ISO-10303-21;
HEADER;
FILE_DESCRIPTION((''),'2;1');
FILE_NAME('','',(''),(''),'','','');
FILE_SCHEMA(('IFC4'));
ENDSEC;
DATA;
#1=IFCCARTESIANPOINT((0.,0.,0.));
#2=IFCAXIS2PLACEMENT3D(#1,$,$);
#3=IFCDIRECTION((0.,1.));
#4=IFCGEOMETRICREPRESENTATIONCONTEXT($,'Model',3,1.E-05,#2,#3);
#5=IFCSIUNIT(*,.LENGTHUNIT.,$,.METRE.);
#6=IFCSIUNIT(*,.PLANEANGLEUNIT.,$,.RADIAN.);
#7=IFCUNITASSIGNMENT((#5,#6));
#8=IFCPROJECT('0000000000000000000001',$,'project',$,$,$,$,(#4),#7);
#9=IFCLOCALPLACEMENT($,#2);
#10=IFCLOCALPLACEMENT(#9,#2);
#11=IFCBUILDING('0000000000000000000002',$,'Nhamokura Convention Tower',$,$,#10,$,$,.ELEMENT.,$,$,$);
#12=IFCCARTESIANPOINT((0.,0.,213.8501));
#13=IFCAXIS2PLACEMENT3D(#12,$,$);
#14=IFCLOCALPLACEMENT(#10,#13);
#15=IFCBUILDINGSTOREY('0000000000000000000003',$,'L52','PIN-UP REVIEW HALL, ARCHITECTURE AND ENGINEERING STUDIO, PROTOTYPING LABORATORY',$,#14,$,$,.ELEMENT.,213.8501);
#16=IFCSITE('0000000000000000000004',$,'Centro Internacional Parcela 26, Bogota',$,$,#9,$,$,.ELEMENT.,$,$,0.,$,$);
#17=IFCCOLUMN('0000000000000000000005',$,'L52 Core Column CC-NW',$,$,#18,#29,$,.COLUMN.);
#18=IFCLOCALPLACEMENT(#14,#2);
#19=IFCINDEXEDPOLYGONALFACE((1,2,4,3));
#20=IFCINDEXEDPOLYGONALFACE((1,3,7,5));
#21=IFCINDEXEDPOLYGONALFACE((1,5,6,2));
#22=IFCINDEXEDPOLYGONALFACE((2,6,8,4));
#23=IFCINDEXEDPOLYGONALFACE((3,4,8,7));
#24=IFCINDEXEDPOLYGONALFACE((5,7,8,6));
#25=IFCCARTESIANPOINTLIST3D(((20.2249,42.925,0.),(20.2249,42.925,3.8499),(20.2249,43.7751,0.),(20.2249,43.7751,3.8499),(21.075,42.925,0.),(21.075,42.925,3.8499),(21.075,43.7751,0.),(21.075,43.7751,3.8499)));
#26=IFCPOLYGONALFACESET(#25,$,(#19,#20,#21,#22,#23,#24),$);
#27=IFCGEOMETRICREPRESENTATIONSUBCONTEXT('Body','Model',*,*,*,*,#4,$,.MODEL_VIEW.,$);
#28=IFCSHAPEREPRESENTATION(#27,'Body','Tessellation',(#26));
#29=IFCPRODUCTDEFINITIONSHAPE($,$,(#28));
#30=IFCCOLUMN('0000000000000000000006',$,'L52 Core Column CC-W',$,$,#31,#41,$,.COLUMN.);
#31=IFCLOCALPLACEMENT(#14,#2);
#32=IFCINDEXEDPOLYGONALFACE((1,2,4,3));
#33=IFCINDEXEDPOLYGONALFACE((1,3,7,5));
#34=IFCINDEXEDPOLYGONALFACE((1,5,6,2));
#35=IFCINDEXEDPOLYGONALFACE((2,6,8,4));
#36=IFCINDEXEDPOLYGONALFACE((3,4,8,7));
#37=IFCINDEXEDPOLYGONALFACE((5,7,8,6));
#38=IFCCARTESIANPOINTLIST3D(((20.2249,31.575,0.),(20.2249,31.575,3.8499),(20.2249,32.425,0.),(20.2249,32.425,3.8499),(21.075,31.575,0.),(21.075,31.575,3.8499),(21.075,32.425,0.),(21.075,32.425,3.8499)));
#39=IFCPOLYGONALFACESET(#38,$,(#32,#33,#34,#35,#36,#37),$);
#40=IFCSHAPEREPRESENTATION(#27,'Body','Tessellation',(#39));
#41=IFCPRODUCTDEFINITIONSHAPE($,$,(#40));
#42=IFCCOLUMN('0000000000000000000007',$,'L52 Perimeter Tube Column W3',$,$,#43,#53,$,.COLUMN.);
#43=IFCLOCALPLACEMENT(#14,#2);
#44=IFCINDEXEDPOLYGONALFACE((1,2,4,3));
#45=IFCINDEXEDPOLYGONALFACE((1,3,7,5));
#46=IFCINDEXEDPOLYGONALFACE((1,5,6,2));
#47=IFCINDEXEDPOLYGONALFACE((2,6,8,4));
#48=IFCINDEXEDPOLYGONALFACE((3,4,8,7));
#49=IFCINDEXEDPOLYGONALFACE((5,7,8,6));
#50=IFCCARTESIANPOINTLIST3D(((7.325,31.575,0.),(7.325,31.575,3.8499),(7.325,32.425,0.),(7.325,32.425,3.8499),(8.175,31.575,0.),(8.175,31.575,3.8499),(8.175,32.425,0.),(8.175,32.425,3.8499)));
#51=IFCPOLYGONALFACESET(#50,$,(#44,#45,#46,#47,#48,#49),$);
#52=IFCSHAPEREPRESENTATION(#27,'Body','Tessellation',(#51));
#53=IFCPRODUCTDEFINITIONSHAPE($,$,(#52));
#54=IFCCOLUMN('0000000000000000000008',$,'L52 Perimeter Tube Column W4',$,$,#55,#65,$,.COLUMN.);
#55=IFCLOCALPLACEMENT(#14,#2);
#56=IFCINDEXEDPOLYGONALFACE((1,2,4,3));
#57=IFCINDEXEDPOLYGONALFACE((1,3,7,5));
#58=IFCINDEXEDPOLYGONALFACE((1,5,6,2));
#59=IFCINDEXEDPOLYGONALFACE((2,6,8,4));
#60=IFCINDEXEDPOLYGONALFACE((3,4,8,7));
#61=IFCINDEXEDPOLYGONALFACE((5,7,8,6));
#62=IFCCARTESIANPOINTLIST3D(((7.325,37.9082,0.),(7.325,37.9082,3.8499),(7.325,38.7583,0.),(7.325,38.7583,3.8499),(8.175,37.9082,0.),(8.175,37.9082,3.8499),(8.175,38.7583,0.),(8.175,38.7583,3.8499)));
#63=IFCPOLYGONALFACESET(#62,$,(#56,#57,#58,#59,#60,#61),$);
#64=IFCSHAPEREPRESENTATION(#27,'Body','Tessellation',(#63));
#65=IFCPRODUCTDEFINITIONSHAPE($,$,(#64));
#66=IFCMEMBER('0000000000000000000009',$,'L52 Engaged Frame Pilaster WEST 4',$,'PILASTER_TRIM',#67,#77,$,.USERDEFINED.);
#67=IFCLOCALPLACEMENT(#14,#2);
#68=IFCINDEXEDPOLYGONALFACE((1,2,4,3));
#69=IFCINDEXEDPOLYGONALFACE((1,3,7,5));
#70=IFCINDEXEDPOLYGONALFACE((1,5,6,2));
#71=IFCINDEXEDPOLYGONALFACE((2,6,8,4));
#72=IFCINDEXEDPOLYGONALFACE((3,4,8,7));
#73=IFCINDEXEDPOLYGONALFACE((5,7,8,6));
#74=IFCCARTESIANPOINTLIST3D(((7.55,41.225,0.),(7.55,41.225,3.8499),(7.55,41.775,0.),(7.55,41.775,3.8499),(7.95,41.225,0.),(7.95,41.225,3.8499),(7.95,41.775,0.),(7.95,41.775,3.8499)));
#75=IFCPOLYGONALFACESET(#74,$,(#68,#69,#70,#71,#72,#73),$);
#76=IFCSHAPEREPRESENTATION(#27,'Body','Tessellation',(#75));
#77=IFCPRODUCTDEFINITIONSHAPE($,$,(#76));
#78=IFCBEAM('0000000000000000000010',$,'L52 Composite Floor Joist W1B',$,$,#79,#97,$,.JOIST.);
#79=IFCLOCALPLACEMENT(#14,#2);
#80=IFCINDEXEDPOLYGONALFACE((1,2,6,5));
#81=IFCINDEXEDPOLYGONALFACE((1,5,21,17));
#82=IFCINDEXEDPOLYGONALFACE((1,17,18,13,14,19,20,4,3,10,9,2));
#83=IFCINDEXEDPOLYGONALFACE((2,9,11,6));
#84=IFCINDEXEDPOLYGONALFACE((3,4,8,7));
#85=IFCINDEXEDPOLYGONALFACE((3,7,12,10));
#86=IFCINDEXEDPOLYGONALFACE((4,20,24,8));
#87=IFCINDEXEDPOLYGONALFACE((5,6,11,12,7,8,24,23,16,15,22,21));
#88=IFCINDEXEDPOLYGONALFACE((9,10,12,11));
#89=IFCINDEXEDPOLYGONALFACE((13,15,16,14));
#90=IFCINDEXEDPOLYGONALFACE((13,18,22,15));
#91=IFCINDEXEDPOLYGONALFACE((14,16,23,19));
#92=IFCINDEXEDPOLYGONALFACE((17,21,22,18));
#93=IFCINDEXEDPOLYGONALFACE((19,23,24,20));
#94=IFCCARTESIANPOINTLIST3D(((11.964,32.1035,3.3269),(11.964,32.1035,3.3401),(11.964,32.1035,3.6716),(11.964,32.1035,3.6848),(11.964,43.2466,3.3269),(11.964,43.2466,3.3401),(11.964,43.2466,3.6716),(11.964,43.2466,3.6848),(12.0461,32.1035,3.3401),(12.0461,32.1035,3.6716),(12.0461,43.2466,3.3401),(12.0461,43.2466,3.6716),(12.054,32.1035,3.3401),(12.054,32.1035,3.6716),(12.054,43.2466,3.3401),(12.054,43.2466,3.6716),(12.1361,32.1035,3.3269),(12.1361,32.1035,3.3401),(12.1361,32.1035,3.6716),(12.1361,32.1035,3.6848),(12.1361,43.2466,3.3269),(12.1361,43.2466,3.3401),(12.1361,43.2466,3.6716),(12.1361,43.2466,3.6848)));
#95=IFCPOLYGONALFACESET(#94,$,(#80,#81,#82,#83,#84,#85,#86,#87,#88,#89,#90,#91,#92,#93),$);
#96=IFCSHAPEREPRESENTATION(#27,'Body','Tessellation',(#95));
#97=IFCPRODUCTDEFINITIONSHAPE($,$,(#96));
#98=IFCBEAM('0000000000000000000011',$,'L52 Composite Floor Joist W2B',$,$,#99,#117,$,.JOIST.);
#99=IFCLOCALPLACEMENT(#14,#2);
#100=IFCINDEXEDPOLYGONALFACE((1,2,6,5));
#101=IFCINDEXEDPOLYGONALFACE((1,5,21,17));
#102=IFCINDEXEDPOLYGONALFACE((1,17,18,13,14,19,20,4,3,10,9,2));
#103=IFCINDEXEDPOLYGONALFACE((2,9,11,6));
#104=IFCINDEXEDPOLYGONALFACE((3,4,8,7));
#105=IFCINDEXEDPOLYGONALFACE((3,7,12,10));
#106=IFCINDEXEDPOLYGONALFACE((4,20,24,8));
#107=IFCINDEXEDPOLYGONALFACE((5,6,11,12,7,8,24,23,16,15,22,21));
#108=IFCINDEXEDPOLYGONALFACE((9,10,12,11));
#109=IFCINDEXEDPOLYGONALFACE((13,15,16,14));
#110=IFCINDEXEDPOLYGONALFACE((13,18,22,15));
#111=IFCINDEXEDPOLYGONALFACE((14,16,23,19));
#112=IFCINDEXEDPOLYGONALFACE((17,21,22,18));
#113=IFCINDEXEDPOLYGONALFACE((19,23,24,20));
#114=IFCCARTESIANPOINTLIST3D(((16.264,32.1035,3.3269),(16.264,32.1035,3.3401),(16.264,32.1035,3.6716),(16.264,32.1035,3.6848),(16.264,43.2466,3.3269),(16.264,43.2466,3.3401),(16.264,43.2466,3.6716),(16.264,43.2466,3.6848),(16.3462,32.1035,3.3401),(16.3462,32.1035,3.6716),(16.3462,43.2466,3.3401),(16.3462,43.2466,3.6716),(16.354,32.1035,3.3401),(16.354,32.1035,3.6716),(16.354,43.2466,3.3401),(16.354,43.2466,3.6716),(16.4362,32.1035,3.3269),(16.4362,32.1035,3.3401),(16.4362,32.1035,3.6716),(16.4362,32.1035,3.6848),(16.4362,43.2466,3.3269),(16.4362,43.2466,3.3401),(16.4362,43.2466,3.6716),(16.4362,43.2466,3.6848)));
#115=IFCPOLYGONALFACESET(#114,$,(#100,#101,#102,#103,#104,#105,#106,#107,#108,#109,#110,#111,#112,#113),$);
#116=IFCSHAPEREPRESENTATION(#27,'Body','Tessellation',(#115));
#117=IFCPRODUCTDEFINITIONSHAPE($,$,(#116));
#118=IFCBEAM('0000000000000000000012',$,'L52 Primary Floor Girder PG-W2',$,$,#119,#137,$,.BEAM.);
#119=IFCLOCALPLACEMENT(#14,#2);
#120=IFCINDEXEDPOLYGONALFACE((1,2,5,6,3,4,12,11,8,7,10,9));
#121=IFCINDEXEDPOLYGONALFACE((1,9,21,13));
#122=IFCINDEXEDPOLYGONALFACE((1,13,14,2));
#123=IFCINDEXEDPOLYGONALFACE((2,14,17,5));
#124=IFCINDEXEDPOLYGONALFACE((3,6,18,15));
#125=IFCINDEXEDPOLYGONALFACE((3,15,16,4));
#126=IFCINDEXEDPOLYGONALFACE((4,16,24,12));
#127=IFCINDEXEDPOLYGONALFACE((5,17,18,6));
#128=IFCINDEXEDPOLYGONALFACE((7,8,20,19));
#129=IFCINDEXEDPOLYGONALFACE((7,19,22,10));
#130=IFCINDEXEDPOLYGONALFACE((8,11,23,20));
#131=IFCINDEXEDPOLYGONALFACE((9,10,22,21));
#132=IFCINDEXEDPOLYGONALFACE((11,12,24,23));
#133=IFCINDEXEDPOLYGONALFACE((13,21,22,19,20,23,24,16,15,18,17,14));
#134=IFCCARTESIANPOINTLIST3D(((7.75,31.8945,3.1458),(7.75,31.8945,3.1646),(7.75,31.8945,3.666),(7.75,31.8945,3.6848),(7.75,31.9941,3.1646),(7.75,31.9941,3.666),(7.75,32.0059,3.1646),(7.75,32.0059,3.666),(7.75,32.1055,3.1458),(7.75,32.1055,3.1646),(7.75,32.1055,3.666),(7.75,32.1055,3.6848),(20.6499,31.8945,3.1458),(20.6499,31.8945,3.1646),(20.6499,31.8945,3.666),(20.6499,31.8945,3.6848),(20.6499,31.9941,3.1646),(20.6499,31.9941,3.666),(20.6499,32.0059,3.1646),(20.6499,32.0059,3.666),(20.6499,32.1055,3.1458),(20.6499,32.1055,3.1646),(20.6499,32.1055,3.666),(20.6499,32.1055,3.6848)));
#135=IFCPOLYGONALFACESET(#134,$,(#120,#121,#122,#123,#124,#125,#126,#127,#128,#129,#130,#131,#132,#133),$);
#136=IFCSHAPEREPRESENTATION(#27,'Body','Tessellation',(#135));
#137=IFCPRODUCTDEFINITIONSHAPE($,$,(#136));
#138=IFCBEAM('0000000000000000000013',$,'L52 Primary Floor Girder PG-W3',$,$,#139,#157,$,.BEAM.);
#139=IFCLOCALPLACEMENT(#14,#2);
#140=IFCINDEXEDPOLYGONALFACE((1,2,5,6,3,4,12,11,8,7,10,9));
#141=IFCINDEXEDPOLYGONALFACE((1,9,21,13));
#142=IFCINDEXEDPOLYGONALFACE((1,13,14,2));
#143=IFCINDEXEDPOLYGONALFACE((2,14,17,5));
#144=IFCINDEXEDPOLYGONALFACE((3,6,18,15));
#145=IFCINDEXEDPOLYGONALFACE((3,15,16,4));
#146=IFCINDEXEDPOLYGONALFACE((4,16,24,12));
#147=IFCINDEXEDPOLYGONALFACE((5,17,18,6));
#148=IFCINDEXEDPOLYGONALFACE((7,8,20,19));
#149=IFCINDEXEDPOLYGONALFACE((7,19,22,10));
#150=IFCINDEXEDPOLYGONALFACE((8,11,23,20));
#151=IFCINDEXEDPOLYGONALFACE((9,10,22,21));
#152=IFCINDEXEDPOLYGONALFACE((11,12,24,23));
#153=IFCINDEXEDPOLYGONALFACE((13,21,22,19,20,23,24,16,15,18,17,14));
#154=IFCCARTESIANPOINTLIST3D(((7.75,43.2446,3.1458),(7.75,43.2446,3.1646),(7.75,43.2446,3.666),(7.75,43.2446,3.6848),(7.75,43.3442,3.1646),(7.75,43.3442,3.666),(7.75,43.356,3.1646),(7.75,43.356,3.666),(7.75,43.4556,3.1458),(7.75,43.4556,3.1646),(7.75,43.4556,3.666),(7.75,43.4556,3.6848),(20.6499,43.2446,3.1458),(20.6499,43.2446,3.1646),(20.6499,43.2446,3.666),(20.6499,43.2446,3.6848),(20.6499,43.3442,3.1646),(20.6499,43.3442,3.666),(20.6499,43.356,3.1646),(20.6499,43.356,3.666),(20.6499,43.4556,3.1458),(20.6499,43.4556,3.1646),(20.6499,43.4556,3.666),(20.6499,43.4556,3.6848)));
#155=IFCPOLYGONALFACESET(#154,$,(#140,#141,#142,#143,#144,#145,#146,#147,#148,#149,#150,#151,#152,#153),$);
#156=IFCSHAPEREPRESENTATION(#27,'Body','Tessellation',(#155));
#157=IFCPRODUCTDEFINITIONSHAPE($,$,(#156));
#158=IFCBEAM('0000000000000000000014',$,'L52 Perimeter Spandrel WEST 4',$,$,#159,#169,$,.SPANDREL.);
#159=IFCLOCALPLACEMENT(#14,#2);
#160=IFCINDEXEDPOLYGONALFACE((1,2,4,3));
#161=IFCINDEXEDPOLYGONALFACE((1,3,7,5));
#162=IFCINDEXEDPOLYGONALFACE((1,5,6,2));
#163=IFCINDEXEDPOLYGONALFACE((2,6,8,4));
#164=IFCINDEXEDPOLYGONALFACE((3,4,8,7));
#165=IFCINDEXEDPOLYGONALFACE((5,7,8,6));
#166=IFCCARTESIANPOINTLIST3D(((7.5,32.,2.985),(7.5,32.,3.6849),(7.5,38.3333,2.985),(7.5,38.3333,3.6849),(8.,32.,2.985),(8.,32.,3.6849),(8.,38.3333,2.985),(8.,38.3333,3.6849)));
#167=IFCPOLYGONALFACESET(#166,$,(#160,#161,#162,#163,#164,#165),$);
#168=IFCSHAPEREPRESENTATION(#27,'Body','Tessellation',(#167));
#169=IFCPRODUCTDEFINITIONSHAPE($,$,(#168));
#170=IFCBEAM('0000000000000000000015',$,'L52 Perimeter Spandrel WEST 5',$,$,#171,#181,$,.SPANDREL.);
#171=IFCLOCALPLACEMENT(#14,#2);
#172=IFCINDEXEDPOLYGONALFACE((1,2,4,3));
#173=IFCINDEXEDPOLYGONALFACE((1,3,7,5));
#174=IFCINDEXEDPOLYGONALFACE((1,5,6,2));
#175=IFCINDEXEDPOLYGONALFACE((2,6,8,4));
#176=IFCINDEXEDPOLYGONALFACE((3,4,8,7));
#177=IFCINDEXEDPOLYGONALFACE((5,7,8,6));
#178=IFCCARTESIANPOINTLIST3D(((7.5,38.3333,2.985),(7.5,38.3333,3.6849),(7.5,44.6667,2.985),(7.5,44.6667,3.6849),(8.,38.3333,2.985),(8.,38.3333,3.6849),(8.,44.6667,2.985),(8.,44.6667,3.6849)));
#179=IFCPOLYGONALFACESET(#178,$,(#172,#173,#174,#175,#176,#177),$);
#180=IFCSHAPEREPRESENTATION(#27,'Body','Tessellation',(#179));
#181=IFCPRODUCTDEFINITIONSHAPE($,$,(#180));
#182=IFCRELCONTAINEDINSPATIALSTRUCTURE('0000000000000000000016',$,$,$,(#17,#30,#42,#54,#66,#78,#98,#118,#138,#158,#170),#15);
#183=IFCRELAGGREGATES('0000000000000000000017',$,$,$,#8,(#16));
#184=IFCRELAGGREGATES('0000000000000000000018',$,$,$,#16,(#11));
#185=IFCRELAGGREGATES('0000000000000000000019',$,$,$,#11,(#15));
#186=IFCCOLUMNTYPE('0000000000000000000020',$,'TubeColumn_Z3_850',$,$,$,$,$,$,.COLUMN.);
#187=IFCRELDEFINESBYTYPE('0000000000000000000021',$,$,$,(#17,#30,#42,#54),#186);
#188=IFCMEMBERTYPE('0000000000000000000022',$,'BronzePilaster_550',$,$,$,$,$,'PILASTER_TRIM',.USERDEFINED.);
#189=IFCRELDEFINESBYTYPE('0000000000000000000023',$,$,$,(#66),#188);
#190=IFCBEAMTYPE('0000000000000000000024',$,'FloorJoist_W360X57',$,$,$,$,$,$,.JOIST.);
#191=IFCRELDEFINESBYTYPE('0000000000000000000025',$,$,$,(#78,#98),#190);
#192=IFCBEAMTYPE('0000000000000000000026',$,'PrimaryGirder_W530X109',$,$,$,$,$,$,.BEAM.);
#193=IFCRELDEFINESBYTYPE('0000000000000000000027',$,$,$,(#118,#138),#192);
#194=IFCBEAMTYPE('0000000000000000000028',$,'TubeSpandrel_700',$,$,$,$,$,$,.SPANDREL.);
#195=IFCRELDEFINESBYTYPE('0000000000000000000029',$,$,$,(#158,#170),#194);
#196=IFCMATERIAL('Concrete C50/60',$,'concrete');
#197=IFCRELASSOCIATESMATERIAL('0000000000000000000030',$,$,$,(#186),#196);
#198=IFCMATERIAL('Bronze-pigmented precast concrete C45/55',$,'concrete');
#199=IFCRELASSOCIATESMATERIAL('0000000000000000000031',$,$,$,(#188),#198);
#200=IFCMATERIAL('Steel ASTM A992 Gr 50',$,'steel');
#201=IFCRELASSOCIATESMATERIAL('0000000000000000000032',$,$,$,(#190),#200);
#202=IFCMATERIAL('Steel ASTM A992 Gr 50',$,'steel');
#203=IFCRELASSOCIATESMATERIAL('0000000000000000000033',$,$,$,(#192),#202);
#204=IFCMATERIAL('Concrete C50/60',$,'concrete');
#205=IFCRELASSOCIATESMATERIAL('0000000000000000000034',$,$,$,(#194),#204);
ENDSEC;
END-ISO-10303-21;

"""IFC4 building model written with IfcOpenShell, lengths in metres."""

from ifc_helpers import new_model, si_unit, direction, frame, origin, origin_2d, place, context, subcontext, project, spatial, rectangle, i_section, extrude, material, material_profile, profile_set, type_object, element, save


model = new_model("IFC4")

# Units and contexts
model_context = context("Model", 3, precision=1e-05, world=origin(), true_north=direction((0.0, 1.0)))
body_context = subcontext(model_context, "Body", "Model", "MODEL_VIEW")
ifc_project = project(units=[si_unit("LENGTHUNIT", "METRE"), si_unit("PLANEANGLEUNIT", "RADIAN")], contexts=[model_context])

# Site, building, storey
site_placement = place(None, origin())
site = spatial("IfcSite", under=ifc_project, at=site_placement, Name="Centro Internacional Parcela 26, Bogota", CompositionType="ELEMENT", RefElevation=0.0)
building_placement = place(site_placement, origin())
building = spatial("IfcBuilding", under=site, at=building_placement, Name="Nhamokura Convention Tower", CompositionType="ELEMENT")
storey_placement = place(building_placement, frame((0.0, 0.0, 213.8501)))
storey = spatial("IfcBuildingStorey", under=building, at=storey_placement, Name="L52", Description="PIN-UP REVIEW HALL, ARCHITECTURE AND ENGINEERING STUDIO, PROTOTYPING LABORATORY", CompositionType="ELEMENT", Elevation=213.8501)

# Columns
ifc_material_1 = material(Name="Concrete C50/60", Category="concrete")
ifc_material_profile_1 = material_profile(ifc_material_1, rectangle(XDim=0.8501, YDim=0.8501, at=origin_2d()))
ifc_profile_set_1 = profile_set([ifc_material_profile_1], Name="Concrete C50/60")
column_type = type_object("IfcColumnType", Name="TubeColumn_Z3_850", PredefinedType="COLUMN", material=ifc_profile_set_1)
for number, where, z_axis, x_axis, name in (
    (1, (20.6499, 43.3501, 0.0), (0.0, 0.0, 1.0), (1.0, 0.0, 0.0), "L52 Core Column CC-NW"),
    (2, (20.6499, 32.0, 0.0), (0.0, 0.0, 1.0), (1.0, 0.0, 0.0), "L52 Core Column CC-W"),
    (3, (7.75, 32.0, 0.0), (0.0, 0.0, 1.0), (1.0, 0.0, 0.0), "L52 Perimeter Tube Column W3"),
    (4, (7.75, 38.3333, 0.0), (0.0, 0.0, 1.0), (1.0, 0.0, 0.0), "L52 Perimeter Tube Column W4"),
):
    element("IfcColumn", number, at=place(storey_placement, frame(where, z_axis=z_axis, x_axis=x_axis)), inside=storey, type_object=column_type, Name=name, PredefinedType="COLUMN", context=body_context, shape_type="SweptSolid", body=[
        extrude(rectangle(XDim=0.8501, YDim=0.8501, at=origin_2d()), origin(), (0.0, 0.0, 1.0), 3.8499),
    ])

# Member
ifc_material_2 = material(Name="Bronze-pigmented precast concrete C45/55", Category="concrete")
ifc_material_profile_2 = material_profile(ifc_material_2, rectangle(XDim=0.3999, YDim=0.55, at=origin_2d()))
ifc_profile_set_2 = profile_set([ifc_material_profile_2], Name="Bronze-pigmented precast concrete C45/55")
member_type = type_object("IfcMemberType", Name="BronzePilaster_550", ElementType="PILASTER_TRIM", PredefinedType="USERDEFINED", material=ifc_profile_set_2)
member_placement = place(storey_placement, frame((7.75, 41.5, 0.0), z_axis=(0.0, 0.0, 1.0), x_axis=(1.0, 0.0, 0.0)))
element("IfcMember", 5, at=member_placement, inside=storey, type_object=member_type, Name="L52 Engaged Frame Pilaster WEST 4", ObjectType="PILASTER_TRIM", PredefinedType="USERDEFINED", context=body_context, shape_type="SweptSolid", body=[
    extrude(rectangle(XDim=0.3999, YDim=0.55, at=origin_2d()), origin(), (0.0, 0.0, 1.0), 3.8499),
])

# Beams
ifc_material_3 = material(Name="Steel ASTM A992 Gr 50", Category="steel")
ifc_material_profile_3 = material_profile(ifc_material_3, i_section(OverallWidth=0.1721, OverallDepth=0.3579, WebThickness=0.0078, FlangeThickness=0.0132, at=origin_2d()))
ifc_profile_set_3 = profile_set([ifc_material_profile_3], Name="Steel ASTM A992 Gr 50")
beam_type_1 = type_object("IfcBeamType", Name="FloorJoist_W360X57", PredefinedType="JOIST", material=ifc_profile_set_3)
for number, where, z_axis, x_axis, name in (
    (6, (12.05, 32.1035, 3.5059), (0.0, 1.0, 0.0), (-1.0, 0.0, 0.0), "L52 Composite Floor Joist W1B"),
    (7, (16.3501, 32.1035, 3.5059), (0.0, 1.0, 0.0), (-1.0, 0.0, 0.0), "L52 Composite Floor Joist W2B"),
):
    element("IfcBeam", number, at=place(storey_placement, frame(where, z_axis=z_axis, x_axis=x_axis)), inside=storey, type_object=beam_type_1, Name=name, PredefinedType="JOIST", context=body_context, shape_type="SweptSolid", body=[
        extrude(i_section(OverallWidth=0.1721, OverallDepth=0.3579, WebThickness=0.0078, FlangeThickness=0.0132, at=origin_2d()), origin(), (0.0, 0.0, 1.0), 11.1431),
    ])
ifc_material_4 = material(Name="Steel ASTM A992 Gr 50", Category="steel")
ifc_material_profile_4 = material_profile(ifc_material_4, i_section(OverallWidth=0.2109, OverallDepth=0.5391, WebThickness=0.0117, FlangeThickness=0.0188, at=origin_2d()))
ifc_profile_set_4 = profile_set([ifc_material_profile_4], Name="Steel ASTM A992 Gr 50")
beam_type_2 = type_object("IfcBeamType", Name="PrimaryGirder_W530X109", PredefinedType="BEAM", material=ifc_profile_set_4)
for number, where, z_axis, x_axis, name in (
    (8, (7.75, 32.0, 3.4153), (1.0, 0.0, 0.0), (0.0, 1.0, 0.0), "L52 Primary Floor Girder PG-W2"),
    (9, (7.75, 43.3501, 3.4153), (1.0, 0.0, 0.0), (0.0, 1.0, 0.0), "L52 Primary Floor Girder PG-W3"),
):
    element("IfcBeam", number, at=place(storey_placement, frame(where, z_axis=z_axis, x_axis=x_axis)), inside=storey, type_object=beam_type_2, Name=name, PredefinedType="BEAM", context=body_context, shape_type="SweptSolid", body=[
        extrude(i_section(OverallWidth=0.2109, OverallDepth=0.5391, WebThickness=0.0117, FlangeThickness=0.0188, at=origin_2d()), origin(), (0.0, 0.0, 1.0), 12.8999),
    ])
ifc_material_5 = material(Name="Concrete C50/60", Category="concrete")
ifc_material_profile_5 = material_profile(ifc_material_5, rectangle(XDim=0.5, YDim=0.7, at=origin_2d()))
ifc_profile_set_5 = profile_set([ifc_material_profile_5], Name="Concrete C50/60")
beam_type_3 = type_object("IfcBeamType", Name="TubeSpandrel_700", PredefinedType="SPANDREL", material=ifc_profile_set_5)
beam_1_placement = place(storey_placement, frame((7.75, 32.0, 3.335), z_axis=(0.0, 1.0, 0.0), x_axis=(-1.0, 0.0, 0.0)))
element("IfcBeam", 10, at=beam_1_placement, inside=storey, type_object=beam_type_3, Name="L52 Perimeter Spandrel WEST 4", PredefinedType="SPANDREL", context=body_context, shape_type="SweptSolid", body=[
    extrude(rectangle(XDim=0.5, YDim=0.7, at=origin_2d()), origin(), (0.0, 0.0, 1.0), 6.3333),
])
beam_2_placement = place(storey_placement, frame((7.75, 38.3333, 3.335), z_axis=(0.0, 1.0, 0.0), x_axis=(-1.0, 0.0, 0.0)))
element("IfcBeam", 11, at=beam_2_placement, inside=storey, type_object=beam_type_3, Name="L52 Perimeter Spandrel WEST 5", PredefinedType="SPANDREL", context=body_context, shape_type="SweptSolid", body=[
    extrude(rectangle(XDim=0.5, YDim=0.7, at=origin_2d()), origin(), (0.0, 0.0, 1.0), 6.3335),
])

save(model, "model.ifc")
